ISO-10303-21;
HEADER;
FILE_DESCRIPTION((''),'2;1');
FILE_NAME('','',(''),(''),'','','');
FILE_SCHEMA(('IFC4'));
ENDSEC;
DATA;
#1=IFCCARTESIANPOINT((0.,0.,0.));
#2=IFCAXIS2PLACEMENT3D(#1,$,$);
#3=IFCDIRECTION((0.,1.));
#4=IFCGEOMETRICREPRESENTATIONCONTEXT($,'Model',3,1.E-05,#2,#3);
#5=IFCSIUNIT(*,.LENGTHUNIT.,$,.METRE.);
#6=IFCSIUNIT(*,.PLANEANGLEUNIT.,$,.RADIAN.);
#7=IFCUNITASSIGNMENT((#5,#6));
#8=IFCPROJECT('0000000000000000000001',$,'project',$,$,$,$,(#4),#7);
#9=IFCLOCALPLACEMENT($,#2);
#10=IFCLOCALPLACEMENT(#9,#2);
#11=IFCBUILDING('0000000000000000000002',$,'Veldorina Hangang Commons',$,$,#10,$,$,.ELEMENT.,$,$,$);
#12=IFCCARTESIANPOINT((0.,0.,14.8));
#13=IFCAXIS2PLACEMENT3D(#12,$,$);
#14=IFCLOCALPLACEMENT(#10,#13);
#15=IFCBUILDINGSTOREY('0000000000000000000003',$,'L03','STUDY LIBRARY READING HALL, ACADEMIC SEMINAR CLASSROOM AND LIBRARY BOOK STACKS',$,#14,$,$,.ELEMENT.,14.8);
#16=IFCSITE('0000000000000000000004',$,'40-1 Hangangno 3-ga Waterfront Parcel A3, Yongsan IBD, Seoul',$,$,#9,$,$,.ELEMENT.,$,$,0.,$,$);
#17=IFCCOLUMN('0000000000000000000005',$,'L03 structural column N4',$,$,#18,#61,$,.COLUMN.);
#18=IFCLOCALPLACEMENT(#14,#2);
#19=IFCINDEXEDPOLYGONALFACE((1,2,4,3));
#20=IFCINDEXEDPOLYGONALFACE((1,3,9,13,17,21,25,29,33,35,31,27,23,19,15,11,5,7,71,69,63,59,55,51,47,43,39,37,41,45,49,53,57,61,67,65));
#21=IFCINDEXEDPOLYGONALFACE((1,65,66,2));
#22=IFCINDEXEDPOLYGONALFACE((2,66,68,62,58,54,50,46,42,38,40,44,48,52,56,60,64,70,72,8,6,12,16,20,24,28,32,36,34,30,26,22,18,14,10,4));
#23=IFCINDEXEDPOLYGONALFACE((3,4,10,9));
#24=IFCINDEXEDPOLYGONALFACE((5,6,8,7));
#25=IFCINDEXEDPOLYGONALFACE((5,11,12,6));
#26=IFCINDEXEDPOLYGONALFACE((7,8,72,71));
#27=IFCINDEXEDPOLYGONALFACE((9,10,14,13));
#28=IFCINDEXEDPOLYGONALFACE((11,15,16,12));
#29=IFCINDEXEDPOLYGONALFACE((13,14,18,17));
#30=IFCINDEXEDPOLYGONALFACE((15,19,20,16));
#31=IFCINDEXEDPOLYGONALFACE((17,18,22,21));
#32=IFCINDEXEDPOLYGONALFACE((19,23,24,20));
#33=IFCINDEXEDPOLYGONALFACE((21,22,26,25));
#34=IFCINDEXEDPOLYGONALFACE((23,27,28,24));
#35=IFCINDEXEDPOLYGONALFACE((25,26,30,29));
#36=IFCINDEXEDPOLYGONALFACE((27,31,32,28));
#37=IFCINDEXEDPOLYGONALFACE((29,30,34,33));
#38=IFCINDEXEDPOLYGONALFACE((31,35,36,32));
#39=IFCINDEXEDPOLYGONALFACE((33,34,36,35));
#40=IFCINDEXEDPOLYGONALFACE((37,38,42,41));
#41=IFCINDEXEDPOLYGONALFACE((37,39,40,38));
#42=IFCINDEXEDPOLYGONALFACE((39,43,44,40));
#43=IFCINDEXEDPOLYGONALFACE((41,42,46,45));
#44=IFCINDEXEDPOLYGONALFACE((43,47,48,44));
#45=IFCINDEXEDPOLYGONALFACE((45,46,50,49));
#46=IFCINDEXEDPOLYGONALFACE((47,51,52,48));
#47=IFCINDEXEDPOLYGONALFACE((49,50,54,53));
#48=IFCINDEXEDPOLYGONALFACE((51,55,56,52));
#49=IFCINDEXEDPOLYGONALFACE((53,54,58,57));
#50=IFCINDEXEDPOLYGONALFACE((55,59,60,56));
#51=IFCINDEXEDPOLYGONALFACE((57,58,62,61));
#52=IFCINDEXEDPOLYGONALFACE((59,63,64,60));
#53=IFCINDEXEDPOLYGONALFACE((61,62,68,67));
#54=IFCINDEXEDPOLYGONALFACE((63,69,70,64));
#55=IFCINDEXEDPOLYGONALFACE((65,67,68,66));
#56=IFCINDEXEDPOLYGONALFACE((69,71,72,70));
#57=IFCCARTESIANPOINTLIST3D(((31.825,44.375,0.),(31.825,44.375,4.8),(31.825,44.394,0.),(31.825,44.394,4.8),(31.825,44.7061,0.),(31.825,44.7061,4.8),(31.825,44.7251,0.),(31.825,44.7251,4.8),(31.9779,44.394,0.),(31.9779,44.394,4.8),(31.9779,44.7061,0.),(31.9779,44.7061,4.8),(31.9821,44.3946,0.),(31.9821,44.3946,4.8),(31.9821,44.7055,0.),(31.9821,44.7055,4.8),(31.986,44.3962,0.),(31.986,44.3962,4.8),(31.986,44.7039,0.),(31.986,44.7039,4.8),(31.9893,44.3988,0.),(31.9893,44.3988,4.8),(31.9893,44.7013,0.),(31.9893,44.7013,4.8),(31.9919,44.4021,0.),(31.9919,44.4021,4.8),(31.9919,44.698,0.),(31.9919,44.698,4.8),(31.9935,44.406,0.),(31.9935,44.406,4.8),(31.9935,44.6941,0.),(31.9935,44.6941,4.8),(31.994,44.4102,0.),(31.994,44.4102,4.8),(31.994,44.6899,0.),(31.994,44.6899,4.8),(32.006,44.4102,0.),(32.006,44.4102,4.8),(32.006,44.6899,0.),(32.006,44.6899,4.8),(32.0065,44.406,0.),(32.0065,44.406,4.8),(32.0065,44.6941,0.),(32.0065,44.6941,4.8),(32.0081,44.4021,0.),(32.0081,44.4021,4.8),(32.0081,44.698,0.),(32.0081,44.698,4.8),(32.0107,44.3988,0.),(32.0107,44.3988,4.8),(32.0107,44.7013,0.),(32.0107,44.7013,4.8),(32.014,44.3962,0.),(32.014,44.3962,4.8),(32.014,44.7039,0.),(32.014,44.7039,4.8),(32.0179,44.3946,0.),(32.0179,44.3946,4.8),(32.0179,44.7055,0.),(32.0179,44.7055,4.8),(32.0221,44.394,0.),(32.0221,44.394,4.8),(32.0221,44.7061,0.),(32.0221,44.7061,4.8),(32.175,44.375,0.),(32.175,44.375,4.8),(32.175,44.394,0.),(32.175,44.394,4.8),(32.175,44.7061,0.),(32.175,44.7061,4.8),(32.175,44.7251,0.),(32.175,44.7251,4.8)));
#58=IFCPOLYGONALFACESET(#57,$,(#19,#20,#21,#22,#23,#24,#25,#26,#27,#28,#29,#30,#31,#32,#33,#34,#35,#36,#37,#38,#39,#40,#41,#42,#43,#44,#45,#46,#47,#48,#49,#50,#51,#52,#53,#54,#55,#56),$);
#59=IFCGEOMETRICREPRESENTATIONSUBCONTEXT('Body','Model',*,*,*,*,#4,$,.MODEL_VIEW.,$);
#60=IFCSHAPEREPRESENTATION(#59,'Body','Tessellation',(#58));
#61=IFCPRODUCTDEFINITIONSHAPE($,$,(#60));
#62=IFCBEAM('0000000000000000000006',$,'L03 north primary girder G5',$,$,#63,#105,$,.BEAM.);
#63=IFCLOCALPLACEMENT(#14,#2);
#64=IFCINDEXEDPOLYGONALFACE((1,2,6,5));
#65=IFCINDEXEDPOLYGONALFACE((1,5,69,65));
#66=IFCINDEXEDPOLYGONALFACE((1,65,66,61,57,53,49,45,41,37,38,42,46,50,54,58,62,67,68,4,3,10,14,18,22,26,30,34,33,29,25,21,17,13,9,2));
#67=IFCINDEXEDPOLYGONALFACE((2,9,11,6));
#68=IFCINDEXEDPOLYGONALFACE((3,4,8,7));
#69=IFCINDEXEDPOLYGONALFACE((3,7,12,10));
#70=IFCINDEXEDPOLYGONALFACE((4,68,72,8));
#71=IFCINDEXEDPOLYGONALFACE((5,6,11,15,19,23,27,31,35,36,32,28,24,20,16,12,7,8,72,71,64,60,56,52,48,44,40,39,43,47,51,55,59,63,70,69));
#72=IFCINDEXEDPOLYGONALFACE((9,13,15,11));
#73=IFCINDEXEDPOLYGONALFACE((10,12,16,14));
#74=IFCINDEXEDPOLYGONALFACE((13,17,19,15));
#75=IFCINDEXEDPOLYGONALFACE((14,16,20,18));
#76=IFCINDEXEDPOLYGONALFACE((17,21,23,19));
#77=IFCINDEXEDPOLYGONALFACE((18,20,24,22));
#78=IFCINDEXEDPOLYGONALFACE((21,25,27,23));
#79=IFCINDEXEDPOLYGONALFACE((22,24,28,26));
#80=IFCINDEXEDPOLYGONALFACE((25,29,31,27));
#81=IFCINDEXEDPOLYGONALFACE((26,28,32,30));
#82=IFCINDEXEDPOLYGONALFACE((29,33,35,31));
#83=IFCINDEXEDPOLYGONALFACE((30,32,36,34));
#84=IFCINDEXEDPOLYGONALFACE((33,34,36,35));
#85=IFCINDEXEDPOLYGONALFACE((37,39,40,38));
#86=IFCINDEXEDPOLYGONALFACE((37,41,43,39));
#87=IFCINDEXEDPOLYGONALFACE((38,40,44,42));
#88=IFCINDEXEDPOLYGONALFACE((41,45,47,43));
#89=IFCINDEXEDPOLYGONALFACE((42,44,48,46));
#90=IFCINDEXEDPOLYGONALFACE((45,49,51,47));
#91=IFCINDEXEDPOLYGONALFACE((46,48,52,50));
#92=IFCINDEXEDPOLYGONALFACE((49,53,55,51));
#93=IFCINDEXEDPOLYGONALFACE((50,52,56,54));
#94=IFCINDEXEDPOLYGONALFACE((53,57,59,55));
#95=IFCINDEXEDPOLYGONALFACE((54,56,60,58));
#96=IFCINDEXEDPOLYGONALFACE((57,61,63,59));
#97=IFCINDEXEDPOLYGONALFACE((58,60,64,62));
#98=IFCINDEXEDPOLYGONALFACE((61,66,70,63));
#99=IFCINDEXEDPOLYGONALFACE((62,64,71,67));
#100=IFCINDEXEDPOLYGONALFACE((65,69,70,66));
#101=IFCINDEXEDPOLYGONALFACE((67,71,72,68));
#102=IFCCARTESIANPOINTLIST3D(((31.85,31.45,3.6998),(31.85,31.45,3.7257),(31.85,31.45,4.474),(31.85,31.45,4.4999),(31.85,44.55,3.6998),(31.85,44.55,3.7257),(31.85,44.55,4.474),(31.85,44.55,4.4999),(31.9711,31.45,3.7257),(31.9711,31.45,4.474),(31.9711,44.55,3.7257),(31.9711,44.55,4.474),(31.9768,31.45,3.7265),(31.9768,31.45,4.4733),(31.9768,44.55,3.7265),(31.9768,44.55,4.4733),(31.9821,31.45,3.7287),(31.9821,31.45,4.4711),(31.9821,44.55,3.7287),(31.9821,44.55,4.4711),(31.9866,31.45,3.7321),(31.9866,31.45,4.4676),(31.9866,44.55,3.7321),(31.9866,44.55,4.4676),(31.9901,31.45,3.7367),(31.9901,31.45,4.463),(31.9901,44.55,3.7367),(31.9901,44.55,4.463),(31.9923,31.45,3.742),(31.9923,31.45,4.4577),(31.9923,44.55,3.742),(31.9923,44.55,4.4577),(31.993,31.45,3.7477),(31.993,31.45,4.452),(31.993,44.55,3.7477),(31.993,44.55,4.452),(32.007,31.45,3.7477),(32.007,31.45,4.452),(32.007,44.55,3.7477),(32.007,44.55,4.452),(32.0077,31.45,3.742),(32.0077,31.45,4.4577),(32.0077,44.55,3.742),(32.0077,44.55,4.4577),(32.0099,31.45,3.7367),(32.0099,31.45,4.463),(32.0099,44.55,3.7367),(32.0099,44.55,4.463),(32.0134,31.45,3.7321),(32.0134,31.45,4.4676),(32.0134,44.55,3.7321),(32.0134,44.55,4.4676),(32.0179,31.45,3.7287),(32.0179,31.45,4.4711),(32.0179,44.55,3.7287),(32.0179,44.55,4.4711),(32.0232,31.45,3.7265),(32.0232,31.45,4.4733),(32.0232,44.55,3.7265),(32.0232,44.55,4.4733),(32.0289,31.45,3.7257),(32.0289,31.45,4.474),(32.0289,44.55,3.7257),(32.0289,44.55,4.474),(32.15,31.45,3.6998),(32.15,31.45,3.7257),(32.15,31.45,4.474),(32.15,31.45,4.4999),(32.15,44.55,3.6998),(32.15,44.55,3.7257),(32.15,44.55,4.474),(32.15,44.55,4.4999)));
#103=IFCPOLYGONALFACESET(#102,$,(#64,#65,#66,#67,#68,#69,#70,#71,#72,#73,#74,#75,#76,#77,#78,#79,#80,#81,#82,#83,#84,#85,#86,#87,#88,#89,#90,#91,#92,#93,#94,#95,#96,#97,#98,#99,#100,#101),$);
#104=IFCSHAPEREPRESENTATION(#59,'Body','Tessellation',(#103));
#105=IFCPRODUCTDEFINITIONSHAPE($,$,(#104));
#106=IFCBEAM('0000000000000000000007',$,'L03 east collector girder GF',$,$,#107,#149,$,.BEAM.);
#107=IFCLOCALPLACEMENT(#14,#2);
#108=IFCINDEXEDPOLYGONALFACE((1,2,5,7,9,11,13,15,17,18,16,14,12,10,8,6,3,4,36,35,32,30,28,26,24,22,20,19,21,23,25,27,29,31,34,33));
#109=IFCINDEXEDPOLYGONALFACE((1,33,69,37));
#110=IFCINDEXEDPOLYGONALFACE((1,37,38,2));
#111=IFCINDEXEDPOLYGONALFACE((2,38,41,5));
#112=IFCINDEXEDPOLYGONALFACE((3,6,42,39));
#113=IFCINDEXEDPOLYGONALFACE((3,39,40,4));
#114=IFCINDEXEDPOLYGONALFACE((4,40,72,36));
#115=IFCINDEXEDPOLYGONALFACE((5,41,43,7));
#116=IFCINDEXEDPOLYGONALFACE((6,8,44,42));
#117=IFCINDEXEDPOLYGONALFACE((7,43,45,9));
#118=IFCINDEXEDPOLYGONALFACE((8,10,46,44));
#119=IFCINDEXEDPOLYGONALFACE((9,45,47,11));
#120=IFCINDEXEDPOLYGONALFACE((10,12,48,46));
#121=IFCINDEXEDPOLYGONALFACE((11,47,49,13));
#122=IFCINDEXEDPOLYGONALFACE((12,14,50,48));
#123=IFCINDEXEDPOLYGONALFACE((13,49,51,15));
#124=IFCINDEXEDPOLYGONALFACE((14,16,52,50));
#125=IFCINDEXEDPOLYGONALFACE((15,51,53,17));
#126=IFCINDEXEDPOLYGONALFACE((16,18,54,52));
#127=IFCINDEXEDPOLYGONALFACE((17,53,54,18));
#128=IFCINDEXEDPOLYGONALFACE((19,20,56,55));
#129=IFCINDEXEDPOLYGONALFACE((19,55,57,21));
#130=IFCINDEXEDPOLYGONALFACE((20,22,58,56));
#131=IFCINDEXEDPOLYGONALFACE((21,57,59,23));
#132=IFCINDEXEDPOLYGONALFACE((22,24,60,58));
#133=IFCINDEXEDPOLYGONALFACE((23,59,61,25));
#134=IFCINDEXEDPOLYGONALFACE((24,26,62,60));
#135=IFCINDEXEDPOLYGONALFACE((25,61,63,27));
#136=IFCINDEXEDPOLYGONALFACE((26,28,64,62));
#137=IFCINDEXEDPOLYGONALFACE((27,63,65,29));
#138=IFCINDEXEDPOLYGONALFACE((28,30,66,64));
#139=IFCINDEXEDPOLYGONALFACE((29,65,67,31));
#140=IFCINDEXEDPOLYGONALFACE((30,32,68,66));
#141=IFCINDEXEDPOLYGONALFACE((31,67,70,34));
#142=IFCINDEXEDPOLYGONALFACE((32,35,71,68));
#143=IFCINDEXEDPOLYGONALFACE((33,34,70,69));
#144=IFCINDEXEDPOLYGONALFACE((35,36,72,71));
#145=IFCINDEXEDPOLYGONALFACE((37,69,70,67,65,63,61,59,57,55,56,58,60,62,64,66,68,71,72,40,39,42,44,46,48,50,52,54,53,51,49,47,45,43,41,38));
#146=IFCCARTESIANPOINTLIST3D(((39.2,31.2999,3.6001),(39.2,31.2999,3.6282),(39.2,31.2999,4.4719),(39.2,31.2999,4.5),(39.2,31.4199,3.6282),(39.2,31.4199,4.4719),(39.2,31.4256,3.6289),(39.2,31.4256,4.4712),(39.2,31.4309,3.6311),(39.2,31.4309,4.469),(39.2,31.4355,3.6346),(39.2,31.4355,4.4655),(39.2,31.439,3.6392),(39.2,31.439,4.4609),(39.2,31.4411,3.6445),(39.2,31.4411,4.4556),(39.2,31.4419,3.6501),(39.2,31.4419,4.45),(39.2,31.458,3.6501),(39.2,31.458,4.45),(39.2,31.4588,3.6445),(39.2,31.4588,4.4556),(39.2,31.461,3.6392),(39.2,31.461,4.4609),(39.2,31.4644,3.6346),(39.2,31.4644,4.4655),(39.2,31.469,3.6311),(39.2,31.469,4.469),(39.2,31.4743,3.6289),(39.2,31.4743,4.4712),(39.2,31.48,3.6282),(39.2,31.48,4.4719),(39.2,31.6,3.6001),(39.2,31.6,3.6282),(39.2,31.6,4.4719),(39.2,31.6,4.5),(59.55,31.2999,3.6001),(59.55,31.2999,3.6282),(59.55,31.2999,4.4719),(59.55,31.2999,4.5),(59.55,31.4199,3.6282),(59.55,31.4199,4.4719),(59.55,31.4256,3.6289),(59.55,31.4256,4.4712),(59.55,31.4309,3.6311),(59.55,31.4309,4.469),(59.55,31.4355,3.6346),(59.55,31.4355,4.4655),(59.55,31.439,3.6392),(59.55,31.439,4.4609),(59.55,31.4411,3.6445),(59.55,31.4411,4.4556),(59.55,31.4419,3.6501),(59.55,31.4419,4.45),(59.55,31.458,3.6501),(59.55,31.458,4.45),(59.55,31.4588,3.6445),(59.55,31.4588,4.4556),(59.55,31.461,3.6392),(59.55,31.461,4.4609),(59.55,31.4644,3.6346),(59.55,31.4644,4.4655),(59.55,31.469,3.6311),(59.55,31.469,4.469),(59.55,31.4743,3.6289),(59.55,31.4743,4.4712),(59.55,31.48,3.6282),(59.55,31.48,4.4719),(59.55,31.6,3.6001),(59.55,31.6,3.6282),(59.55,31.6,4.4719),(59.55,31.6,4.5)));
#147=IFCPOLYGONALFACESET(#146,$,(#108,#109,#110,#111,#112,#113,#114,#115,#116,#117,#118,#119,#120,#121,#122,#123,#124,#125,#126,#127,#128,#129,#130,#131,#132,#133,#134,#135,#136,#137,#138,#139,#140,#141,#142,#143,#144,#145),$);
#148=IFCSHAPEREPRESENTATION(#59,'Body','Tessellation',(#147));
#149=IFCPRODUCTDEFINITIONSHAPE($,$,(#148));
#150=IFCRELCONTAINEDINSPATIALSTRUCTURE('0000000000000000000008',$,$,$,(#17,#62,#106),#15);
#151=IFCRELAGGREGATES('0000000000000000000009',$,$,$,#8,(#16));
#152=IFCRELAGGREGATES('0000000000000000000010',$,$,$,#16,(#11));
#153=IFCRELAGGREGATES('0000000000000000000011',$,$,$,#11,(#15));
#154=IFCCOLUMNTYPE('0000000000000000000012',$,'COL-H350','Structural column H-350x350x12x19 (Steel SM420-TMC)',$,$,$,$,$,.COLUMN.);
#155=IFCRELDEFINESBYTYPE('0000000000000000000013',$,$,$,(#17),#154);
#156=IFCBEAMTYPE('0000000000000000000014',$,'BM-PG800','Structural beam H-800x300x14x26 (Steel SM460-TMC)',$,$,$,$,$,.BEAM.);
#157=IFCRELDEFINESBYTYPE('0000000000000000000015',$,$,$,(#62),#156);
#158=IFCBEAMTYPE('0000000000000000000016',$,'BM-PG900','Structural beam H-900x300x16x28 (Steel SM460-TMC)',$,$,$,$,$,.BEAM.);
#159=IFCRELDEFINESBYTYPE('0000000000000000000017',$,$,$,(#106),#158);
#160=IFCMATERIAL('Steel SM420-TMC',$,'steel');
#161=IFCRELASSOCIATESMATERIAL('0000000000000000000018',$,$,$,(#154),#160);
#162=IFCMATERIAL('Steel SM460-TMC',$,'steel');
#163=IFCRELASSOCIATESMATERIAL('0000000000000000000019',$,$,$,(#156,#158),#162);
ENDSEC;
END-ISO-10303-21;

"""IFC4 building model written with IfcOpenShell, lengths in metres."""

from ifc_helpers import new_model, si_unit, direction, frame, origin, origin_2d, place, context, subcontext, project, spatial, i_section, extrude, material, material_profile, profile_set, type_object, element, save


model = new_model("IFC4")

# Units and contexts
model_context = context("Model", 3, precision=1e-05, world=origin(), true_north=direction((0.0, 1.0)))
body_context = subcontext(model_context, "Body", "Model", "MODEL_VIEW")
ifc_project = project(units=[si_unit("LENGTHUNIT", "METRE"), si_unit("PLANEANGLEUNIT", "RADIAN")], contexts=[model_context])

# Site, building, storey
site_placement = place(None, origin())
site = spatial("IfcSite", under=ifc_project, at=site_placement, Name="40-1 Hangangno 3-ga Waterfront Parcel A3, Yongsan IBD, Seoul", CompositionType="ELEMENT", RefElevation=0.0)
building_placement = place(site_placement, origin())
building = spatial("IfcBuilding", under=site, at=building_placement, Name="Veldorina Hangang Commons", CompositionType="ELEMENT")
storey_placement = place(building_placement, frame((0.0, 0.0, 14.8)))
storey = spatial("IfcBuildingStorey", under=building, at=storey_placement, Name="L03", Description="STUDY LIBRARY READING HALL, ACADEMIC SEMINAR CLASSROOM AND LIBRARY BOOK STACKS", CompositionType="ELEMENT", Elevation=14.8)

# Column
ifc_material_1 = material(Name="Steel SM420-TMC", Category="steel")
ifc_material_profile_1 = material_profile(ifc_material_1, i_section(OverallWidth=0.3501, OverallDepth=0.3501, WebThickness=0.012, FlangeThickness=0.019, FilletRadius=0.0161, at=origin_2d()), Name="H-350x350x12x19")
ifc_profile_set_1 = profile_set([ifc_material_profile_1], Name="Steel SM420-TMC")
column_type = type_object("IfcColumnType", Name="COL-H350", Description="Structural column H-350x350x12x19 (Steel SM420-TMC)", PredefinedType="COLUMN", material=ifc_profile_set_1)
column_placement = place(storey_placement, frame((32.0, 44.55, 0.0), z_axis=(0.0, 0.0, 1.0), x_axis=(1.0, 0.0, 0.0)))
element("IfcColumn", 1, at=column_placement, inside=storey, type_object=column_type, Name="L03 structural column N4", PredefinedType="COLUMN", context=body_context, shape_type="SweptSolid", body=[
    extrude(i_section(OverallWidth=0.3501, OverallDepth=0.3501, WebThickness=0.012, FlangeThickness=0.019, FilletRadius=0.0161, at=origin_2d()), origin(), (0.0, 0.0, 1.0), 4.8),
])

# Beams
ifc_material_2 = material(Name="Steel SM460-TMC", Category="steel")
ifc_material_profile_2 = material_profile(ifc_material_2, i_section(OverallWidth=0.3, OverallDepth=0.8, WebThickness=0.0139, FlangeThickness=0.0259, FilletRadius=0.022, at=origin_2d()), Name="H-800x300x14x26")
ifc_profile_set_2 = profile_set([ifc_material_profile_2], Name="Steel SM460-TMC")
beam_type_1 = type_object("IfcBeamType", Name="BM-PG800", Description="Structural beam H-800x300x14x26 (Steel SM460-TMC)", PredefinedType="BEAM", material=ifc_profile_set_2)
beam_1_placement = place(storey_placement, frame((32.0, 31.45, 4.0999), z_axis=(0.0, 1.0, 0.0), x_axis=(-1.0, 0.0, 0.0)))
element("IfcBeam", 2, at=beam_1_placement, inside=storey, type_object=beam_type_1, Name="L03 north primary girder G5", PredefinedType="BEAM", context=body_context, shape_type="SweptSolid", body=[
    extrude(i_section(OverallWidth=0.3, OverallDepth=0.8, WebThickness=0.0139, FlangeThickness=0.0259, FilletRadius=0.022, at=origin_2d()), origin(), (0.0, 0.0, 1.0), 13.1001),
])
ifc_material_profile_3 = material_profile(ifc_material_2, i_section(OverallWidth=0.3, OverallDepth=0.8999, WebThickness=0.0161, FlangeThickness=0.0281, FilletRadius=0.022, at=origin_2d()), Name="H-900x300x16x28")
ifc_profile_set_3 = profile_set([ifc_material_profile_3], Name="Steel SM460-TMC")
beam_type_2 = type_object("IfcBeamType", Name="BM-PG900", Description="Structural beam H-900x300x16x28 (Steel SM460-TMC)", PredefinedType="BEAM", material=ifc_profile_set_3)
beam_2_placement = place(storey_placement, frame((39.2, 31.45, 4.05), z_axis=(1.0, 0.0, 0.0), x_axis=(0.0, 1.0, 0.0)))
element("IfcBeam", 3, at=beam_2_placement, inside=storey, type_object=beam_type_2, Name="L03 east collector girder GF", PredefinedType="BEAM", context=body_context, shape_type="SweptSolid", body=[
    extrude(i_section(OverallWidth=0.3, OverallDepth=0.8999, WebThickness=0.0161, FlangeThickness=0.0281, FilletRadius=0.022, at=origin_2d()), origin(), (0.0, 0.0, 1.0), 20.3501),
])

save(model, "model.ifc")
